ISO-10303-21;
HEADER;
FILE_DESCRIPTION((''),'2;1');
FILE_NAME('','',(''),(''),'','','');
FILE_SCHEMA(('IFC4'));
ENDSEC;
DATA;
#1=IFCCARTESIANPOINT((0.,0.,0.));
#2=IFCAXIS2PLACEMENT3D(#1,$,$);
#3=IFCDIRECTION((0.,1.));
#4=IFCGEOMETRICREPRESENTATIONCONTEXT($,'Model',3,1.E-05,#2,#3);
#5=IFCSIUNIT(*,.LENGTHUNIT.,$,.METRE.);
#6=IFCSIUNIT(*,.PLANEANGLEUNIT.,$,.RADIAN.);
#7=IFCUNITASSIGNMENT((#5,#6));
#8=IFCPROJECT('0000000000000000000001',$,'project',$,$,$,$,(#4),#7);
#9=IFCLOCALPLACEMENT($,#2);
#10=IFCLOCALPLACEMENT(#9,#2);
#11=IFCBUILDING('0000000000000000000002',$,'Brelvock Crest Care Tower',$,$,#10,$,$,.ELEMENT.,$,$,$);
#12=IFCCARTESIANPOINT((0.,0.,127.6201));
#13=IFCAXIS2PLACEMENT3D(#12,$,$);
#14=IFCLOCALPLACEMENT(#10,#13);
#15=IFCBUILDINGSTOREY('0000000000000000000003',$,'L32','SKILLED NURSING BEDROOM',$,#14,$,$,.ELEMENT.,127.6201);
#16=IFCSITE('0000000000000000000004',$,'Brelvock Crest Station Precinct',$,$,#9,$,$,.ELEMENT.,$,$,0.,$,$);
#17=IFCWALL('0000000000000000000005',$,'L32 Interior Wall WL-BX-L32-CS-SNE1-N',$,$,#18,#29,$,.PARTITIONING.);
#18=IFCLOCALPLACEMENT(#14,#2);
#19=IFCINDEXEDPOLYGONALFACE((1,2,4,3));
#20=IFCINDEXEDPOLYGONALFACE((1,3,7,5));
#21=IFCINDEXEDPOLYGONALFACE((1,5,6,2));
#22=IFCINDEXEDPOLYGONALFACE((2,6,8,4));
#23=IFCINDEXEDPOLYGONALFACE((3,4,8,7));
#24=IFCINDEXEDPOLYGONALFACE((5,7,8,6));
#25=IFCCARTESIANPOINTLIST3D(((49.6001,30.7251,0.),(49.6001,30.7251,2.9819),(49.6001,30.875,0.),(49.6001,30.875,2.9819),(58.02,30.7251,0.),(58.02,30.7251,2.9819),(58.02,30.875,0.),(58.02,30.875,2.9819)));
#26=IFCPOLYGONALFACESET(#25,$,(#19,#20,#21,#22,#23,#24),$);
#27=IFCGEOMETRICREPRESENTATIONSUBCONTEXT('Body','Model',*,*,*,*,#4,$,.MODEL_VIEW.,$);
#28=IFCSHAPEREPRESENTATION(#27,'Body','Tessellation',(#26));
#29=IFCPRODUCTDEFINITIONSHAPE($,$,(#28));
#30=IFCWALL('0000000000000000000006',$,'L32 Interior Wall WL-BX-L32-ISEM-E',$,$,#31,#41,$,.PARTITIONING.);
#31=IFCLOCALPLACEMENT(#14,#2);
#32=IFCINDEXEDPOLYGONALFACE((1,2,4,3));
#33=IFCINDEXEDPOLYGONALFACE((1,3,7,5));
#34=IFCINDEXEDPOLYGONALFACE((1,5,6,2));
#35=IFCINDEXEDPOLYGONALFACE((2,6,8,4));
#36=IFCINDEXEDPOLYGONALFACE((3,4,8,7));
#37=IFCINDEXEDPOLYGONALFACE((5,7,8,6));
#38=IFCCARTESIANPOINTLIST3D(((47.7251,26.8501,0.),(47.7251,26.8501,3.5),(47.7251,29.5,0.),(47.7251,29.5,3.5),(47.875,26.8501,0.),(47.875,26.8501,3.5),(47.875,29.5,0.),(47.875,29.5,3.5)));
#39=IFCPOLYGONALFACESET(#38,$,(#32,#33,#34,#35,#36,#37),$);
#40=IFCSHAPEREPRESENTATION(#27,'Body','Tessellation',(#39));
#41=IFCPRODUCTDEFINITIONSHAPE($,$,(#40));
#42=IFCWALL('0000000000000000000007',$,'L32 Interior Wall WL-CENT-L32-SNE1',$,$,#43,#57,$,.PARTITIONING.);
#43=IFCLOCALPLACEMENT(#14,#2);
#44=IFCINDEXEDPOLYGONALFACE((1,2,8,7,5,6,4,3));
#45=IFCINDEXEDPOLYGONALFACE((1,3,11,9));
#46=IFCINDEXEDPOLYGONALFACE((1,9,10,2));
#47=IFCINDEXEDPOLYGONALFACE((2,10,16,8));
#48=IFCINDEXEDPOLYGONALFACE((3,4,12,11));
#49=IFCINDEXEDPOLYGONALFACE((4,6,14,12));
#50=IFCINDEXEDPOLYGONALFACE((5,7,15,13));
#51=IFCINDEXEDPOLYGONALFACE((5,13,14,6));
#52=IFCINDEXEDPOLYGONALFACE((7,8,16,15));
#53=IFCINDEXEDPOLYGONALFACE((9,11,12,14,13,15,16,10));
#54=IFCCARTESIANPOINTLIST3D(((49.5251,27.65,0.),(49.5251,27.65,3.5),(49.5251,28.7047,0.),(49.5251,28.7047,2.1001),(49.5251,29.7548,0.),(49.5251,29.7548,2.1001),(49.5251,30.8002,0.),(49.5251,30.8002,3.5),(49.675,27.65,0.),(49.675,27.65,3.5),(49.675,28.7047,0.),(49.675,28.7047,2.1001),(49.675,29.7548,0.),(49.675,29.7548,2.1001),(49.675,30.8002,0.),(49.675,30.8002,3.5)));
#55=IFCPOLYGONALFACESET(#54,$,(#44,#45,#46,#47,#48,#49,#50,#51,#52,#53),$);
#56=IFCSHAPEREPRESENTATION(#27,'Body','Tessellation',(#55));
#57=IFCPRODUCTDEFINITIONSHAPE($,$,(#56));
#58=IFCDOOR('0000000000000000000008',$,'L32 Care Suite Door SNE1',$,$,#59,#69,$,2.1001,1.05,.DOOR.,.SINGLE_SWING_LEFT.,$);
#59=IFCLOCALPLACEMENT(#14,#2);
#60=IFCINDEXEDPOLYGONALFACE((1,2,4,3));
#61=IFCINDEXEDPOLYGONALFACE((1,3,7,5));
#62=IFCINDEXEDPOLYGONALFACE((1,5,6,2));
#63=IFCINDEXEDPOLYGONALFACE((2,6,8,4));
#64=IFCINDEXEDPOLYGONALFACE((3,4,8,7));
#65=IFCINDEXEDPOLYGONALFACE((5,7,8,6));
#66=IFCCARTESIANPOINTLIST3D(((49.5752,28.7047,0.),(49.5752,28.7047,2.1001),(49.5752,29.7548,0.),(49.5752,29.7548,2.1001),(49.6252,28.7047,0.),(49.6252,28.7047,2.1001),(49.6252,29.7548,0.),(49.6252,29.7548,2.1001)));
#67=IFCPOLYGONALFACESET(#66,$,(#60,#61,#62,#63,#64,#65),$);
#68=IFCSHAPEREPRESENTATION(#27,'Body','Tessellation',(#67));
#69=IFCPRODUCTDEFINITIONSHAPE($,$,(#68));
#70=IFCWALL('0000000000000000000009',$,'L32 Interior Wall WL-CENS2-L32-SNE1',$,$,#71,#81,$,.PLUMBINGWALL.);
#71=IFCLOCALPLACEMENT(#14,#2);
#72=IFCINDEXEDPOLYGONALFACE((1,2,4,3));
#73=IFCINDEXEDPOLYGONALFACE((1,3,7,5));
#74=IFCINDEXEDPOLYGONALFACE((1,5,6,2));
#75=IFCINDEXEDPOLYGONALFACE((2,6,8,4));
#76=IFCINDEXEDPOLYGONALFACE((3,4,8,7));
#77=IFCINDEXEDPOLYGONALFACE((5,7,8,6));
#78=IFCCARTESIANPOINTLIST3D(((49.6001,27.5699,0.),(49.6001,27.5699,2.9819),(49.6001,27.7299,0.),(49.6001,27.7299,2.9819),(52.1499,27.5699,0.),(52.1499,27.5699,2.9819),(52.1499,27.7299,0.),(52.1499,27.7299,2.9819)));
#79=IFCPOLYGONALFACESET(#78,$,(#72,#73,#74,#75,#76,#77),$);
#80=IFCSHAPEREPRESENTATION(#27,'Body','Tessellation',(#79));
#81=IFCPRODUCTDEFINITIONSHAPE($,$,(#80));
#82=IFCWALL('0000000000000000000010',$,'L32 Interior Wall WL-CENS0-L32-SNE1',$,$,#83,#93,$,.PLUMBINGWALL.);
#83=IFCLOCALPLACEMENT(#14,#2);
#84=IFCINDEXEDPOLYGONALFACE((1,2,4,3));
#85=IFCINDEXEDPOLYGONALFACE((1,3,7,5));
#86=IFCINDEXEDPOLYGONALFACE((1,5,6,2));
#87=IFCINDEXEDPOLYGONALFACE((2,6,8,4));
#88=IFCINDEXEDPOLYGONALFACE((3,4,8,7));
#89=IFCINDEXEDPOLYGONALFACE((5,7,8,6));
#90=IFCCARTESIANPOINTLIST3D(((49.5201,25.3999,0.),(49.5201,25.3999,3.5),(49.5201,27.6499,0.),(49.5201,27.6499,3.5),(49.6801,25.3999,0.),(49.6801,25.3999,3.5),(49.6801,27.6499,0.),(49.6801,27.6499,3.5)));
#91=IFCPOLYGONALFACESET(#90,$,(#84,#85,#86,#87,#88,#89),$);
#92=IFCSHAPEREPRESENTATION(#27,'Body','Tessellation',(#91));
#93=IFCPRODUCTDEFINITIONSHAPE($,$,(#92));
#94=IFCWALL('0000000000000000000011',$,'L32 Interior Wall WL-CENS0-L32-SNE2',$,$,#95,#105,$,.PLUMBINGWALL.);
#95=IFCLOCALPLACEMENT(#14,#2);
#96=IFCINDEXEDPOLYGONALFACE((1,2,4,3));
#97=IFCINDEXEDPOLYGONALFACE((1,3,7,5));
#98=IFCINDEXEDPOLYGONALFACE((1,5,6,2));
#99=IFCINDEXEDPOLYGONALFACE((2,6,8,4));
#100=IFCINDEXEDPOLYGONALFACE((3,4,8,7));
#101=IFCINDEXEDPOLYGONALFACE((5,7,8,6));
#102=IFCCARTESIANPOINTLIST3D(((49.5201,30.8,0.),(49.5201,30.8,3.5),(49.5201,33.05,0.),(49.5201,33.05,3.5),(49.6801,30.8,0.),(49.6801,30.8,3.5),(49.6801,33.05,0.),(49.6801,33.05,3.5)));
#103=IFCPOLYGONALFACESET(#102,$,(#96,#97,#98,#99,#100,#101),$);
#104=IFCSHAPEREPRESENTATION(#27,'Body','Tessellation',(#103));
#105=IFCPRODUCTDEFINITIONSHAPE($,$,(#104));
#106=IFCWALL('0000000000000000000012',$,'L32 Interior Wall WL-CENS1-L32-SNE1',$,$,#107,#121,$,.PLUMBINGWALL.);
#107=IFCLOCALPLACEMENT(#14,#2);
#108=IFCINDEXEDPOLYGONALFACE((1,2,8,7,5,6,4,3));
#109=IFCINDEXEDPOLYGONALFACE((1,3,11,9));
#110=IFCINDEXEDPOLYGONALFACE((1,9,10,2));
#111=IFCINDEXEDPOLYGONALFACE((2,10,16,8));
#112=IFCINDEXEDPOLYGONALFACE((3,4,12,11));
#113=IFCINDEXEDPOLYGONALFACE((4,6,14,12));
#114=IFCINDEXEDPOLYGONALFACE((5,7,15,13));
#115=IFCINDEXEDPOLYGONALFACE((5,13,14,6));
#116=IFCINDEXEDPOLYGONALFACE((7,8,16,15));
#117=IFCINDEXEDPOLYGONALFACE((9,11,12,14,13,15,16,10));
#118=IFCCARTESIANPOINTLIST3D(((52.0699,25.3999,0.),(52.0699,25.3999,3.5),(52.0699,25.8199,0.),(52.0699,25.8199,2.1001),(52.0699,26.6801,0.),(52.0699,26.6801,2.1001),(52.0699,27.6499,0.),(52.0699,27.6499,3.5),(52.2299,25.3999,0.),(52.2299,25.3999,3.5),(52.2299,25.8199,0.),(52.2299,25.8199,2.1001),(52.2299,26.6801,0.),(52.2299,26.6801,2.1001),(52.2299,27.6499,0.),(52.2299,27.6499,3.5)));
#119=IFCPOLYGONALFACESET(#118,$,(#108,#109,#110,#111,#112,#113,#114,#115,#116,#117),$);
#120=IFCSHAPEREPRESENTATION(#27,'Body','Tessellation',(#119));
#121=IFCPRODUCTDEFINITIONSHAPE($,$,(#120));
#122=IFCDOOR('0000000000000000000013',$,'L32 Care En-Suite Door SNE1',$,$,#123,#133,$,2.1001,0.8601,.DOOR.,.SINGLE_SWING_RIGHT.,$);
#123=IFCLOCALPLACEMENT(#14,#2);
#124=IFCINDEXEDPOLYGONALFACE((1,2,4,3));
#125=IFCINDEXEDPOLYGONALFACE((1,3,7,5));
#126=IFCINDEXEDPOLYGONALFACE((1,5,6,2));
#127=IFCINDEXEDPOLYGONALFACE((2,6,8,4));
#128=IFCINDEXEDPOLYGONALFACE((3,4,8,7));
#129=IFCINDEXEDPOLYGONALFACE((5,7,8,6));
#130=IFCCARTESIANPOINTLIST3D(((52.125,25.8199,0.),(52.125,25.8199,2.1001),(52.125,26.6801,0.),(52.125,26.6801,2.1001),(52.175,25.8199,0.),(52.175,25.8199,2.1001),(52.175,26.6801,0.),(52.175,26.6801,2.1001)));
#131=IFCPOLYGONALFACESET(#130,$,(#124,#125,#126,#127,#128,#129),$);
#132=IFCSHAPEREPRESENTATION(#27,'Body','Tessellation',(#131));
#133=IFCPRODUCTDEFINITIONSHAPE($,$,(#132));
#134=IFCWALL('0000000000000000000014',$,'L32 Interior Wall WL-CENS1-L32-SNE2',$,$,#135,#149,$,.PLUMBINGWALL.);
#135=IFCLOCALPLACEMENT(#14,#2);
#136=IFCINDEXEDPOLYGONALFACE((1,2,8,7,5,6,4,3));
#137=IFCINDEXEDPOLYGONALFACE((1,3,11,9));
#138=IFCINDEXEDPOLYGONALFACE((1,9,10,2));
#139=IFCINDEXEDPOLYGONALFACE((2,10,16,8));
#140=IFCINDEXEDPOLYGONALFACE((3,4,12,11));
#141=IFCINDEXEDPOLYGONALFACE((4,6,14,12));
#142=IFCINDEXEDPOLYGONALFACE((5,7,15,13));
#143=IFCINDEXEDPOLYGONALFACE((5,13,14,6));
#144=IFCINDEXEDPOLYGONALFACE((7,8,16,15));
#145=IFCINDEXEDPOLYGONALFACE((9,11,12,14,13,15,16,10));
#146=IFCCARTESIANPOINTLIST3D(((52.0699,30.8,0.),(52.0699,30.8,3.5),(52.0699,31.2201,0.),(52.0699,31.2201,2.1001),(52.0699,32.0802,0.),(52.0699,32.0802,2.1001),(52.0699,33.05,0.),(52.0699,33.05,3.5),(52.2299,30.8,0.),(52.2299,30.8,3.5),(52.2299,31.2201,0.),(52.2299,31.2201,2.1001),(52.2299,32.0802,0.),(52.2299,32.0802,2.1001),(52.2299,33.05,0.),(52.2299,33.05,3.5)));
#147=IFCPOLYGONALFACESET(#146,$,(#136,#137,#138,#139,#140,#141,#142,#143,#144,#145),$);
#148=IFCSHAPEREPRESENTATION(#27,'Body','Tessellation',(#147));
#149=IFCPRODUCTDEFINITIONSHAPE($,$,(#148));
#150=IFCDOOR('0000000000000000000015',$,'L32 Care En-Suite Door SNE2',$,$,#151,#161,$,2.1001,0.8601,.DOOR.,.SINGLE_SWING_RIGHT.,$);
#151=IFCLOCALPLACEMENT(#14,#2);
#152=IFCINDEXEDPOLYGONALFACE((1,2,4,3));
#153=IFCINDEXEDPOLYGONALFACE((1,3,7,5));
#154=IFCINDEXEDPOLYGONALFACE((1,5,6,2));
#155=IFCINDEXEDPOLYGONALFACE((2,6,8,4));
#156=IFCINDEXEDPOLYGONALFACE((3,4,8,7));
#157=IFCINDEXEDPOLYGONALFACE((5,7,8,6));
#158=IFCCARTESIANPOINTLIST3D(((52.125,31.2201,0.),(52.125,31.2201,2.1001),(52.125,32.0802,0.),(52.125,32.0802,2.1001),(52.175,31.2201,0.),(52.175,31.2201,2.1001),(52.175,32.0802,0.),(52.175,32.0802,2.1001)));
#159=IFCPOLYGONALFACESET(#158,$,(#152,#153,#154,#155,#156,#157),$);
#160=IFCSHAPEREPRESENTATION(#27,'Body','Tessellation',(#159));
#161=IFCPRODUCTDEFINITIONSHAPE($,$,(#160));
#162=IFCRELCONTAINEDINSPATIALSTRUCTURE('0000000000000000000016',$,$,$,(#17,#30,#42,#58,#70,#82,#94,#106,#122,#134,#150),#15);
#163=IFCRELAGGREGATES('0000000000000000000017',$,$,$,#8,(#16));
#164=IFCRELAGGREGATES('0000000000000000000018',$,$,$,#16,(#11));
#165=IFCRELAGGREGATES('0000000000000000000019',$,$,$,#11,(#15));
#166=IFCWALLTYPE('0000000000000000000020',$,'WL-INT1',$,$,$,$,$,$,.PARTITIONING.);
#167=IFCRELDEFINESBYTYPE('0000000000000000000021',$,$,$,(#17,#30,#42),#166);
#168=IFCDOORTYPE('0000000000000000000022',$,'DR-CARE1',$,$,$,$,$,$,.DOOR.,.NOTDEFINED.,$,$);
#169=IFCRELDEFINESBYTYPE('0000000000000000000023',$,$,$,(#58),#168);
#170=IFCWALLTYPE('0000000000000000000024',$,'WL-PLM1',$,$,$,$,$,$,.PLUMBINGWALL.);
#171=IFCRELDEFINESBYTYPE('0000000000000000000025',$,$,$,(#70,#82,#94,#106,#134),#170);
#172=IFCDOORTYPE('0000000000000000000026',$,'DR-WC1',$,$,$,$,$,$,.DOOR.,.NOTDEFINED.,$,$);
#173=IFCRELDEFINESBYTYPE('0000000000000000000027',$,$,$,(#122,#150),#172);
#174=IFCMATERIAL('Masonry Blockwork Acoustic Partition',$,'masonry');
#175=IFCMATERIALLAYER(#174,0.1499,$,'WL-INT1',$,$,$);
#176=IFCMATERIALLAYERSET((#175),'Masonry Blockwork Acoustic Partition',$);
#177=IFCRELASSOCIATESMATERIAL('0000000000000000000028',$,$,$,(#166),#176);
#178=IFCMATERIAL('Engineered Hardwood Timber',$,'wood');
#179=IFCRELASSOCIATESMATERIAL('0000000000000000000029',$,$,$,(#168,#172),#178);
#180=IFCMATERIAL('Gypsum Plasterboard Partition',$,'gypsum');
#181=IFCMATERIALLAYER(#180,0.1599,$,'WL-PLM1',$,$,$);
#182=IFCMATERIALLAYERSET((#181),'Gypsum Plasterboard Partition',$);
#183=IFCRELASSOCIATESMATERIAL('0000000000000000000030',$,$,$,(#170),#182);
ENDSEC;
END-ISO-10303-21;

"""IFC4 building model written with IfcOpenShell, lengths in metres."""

from ifc_helpers import new_model, si_unit, direction, frame, frame_2d, origin, origin_2d, place, context, subcontext, project, spatial, rectangle, extrude, source, transform, mapped, material, layer, layer_set, type_object, element, fill, save


model = new_model("IFC4")

# Units and contexts
model_context = context("Model", 3, precision=1e-05, world=origin(), true_north=direction((0.0, 1.0)))
body_context = subcontext(model_context, "Body", "Model", "MODEL_VIEW")
ifc_project = project(units=[si_unit("LENGTHUNIT", "METRE"), si_unit("PLANEANGLEUNIT", "RADIAN")], contexts=[model_context])

# Site, building, storey
site_placement = place(None, origin())
site = spatial("IfcSite", under=ifc_project, at=site_placement, Name="Brelvock Crest Station Precinct", CompositionType="ELEMENT", RefElevation=0.0)
building_placement = place(site_placement, origin())
building = spatial("IfcBuilding", under=site, at=building_placement, Name="Brelvock Crest Care Tower", CompositionType="ELEMENT")
storey_placement = place(building_placement, frame((0.0, 0.0, 127.6201)))
storey = spatial("IfcBuildingStorey", under=building, at=storey_placement, Name="L32", Description="SKILLED NURSING BEDROOM", CompositionType="ELEMENT", Elevation=127.6201)

# Walls
ifc_material_1 = material(Name="Masonry Blockwork Acoustic Partition", Category="masonry")
ifc_layer_1 = layer(ifc_material_1, 0.1499, Name="WL-INT1")
ifc_layer_set_1 = layer_set([ifc_layer_1], Name="Masonry Blockwork Acoustic Partition")
wall_type_1 = type_object("IfcWallType", Name="WL-INT1", PredefinedType="PARTITIONING", material=ifc_layer_set_1)
wall_1_placement = place(storey_placement, frame((49.6001, 30.8, 0.0), z_axis=(0.0, 0.0, 1.0), x_axis=(1.0, 0.0, 0.0)))
element("IfcWall", 1, at=wall_1_placement, inside=storey, type_object=wall_type_1, Name="L32 Interior Wall WL-BX-L32-CS-SNE1-N", PredefinedType="PARTITIONING", context=body_context, shape_type="SweptSolid", body=[
    extrude(rectangle(XDim=8.4199, YDim=0.1499, at=frame_2d((4.21, 0.0))), origin(), (0.0, 0.0, 1.0), 2.9819),
])
wall_2_placement = place(storey_placement, frame((47.8, 26.8501, 0.0), z_axis=(0.0, 0.0, 1.0), x_axis=(0.0, 1.0, 0.0)))
element("IfcWall", 2, at=wall_2_placement, inside=storey, type_object=wall_type_1, Name="L32 Interior Wall WL-BX-L32-ISEM-E", PredefinedType="PARTITIONING", context=body_context, shape_type="SweptSolid", body=[
    extrude(rectangle(XDim=2.6499, YDim=0.1499, at=frame_2d((1.325, 0.0))), origin(), (0.0, 0.0, 1.0), 3.5),
])

# Wall, opening, door
wall_3_placement = place(storey_placement, frame((49.6001, 27.6499, 0.0), z_axis=(0.0, 0.0, 1.0), x_axis=(0.0, 1.0, 0.0)))
wall_3 = element("IfcWall", 3, at=wall_3_placement, inside=storey, type_object=wall_type_1, Name="L32 Interior Wall WL-CENT-L32-SNE1", PredefinedType="PARTITIONING", context=body_context, shape_type="SweptSolid", body=[
    extrude(rectangle(XDim=3.1501, YDim=0.1499, at=frame_2d((1.5752, 0.0))), origin(), (0.0, 0.0, 1.0), 3.5),
])
opening_1_placement = place(wall_3_placement, frame((1.0549, 0.0, 0.0)))
opening_1 = element("IfcOpeningElement", 4, at=opening_1_placement, cuts=wall_3, PredefinedType="OPENING", context=body_context, shape_type="SweptSolid", body=[
    extrude(rectangle(XDim=1.05, YDim=2.1001, at=origin_2d()), frame((0.5249, 0.085, 1.05), z_axis=(0.0, -1.0, 0.0), x_axis=(1.0, 0.0, 0.0)), (0.0, 0.0, 1.0), 0.1699),
])
ifc_material_2 = material(Name="Engineered Hardwood Timber", Category="wood")
door_type_1 = type_object("IfcDoorType", Name="DR-CARE1", OperationType="NOTDEFINED", PredefinedType="DOOR", material=ifc_material_2)
shared_shape_1 = source(origin(), body_context, "Body", "SweptSolid", [
    extrude(rectangle(XDim=1.05, YDim=2.1001, at=origin_2d()), frame((0.5249, 0.0249, 1.05), z_axis=(0.0, -1.0, 0.0), x_axis=(1.0, 0.0, 0.0)), (0.0, 0.0, 1.0), 0.05),
])
door_1_placement = place(opening_1_placement, origin())
door_1 = element("IfcDoor", 5, at=door_1_placement, inside=storey, type_object=door_type_1, Name="L32 Care Suite Door SNE1", OperationType="SINGLE_SWING_LEFT", OverallHeight=2.1001, OverallWidth=1.05, PredefinedType="DOOR", context=body_context, shape_type="MappedRepresentation", body=[
    mapped(shared_shape_1, transform((0.0, 0.0, 0.0), x_axis=(1.0, 0.0, 0.0), y_axis=(0.0, 1.0, 0.0), z_axis=(0.0, 0.0, 1.0), scale=1.0)),
])
fill(opening_1, door_1)

# Walls
ifc_material_3 = material(Name="Gypsum Plasterboard Partition", Category="gypsum")
ifc_layer_2 = layer(ifc_material_3, 0.1599, Name="WL-PLM1")
ifc_layer_set_2 = layer_set([ifc_layer_2], Name="Gypsum Plasterboard Partition")
wall_type_2 = type_object("IfcWallType", Name="WL-PLM1", PredefinedType="PLUMBINGWALL", material=ifc_layer_set_2)
wall_4_placement = place(storey_placement, frame((49.6001, 27.6499, 0.0), z_axis=(0.0, 0.0, 1.0), x_axis=(1.0, 0.0, 0.0)))
element("IfcWall", 6, at=wall_4_placement, inside=storey, type_object=wall_type_2, Name="L32 Interior Wall WL-CENS2-L32-SNE1", PredefinedType="PLUMBINGWALL", context=body_context, shape_type="SweptSolid", body=[
    extrude(rectangle(XDim=2.5498, YDim=0.1599, at=frame_2d((1.2749, 0.0))), origin(), (0.0, 0.0, 1.0), 2.9819),
])
for number, where, z_axis, x_axis, name in (
    (7, (49.6001, 25.3999, 0.0), (0.0, 0.0, 1.0), (0.0, 1.0, 0.0), "L32 Interior Wall WL-CENS0-L32-SNE1"),
    (8, (49.6001, 30.8, 0.0), (0.0, 0.0, 1.0), (0.0, 1.0, 0.0), "L32 Interior Wall WL-CENS0-L32-SNE2"),
):
    element("IfcWall", number, at=place(storey_placement, frame(where, z_axis=z_axis, x_axis=x_axis)), inside=storey, type_object=wall_type_2, Name=name, PredefinedType="PLUMBINGWALL", context=body_context, shape_type="SweptSolid", body=[
        extrude(rectangle(XDim=2.25, YDim=0.1599, at=frame_2d((1.125, 0.0))), origin(), (0.0, 0.0, 1.0), 3.5),
    ])

# Walls, openings, doors
wall_5_placement = place(storey_placement, frame((52.1499, 25.3999, 0.0), z_axis=(0.0, 0.0, 1.0), x_axis=(0.0, 1.0, 0.0)))
wall_5 = element("IfcWall", 9, at=wall_5_placement, inside=storey, type_object=wall_type_2, Name="L32 Interior Wall WL-CENS1-L32-SNE1", PredefinedType="PLUMBINGWALL", context=body_context, shape_type="SweptSolid", body=[
    extrude(rectangle(XDim=2.25, YDim=0.1599, at=frame_2d((1.125, 0.0))), origin(), (0.0, 0.0, 1.0), 3.5),
])
opening_2_placement = place(wall_5_placement, frame((0.4199, 0.0, 0.0)))
opening_2 = element("IfcOpeningElement", 10, at=opening_2_placement, cuts=wall_5, PredefinedType="OPENING", context=body_context, shape_type="SweptSolid", body=[
    extrude(rectangle(XDim=0.8601, YDim=2.1001, at=origin_2d()), frame((0.4302, 0.0898, 1.05), z_axis=(0.0, -1.0, 0.0), x_axis=(1.0, 0.0, 0.0)), (0.0, 0.0, 1.0), 0.1799),
])
door_type_2 = type_object("IfcDoorType", Name="DR-WC1", OperationType="NOTDEFINED", PredefinedType="DOOR", material=ifc_material_2)
shared_shape_2 = source(origin(), body_context, "Body", "SweptSolid", [
    extrude(rectangle(XDim=0.8601, YDim=2.1001, at=origin_2d()), frame((0.4302, 0.0249, 1.05), z_axis=(0.0, -1.0, 0.0), x_axis=(1.0, 0.0, 0.0)), (0.0, 0.0, 1.0), 0.05),
])
door_2_placement = place(opening_2_placement, origin())
door_2 = element("IfcDoor", 11, at=door_2_placement, inside=storey, type_object=door_type_2, Name="L32 Care En-Suite Door SNE1", OperationType="SINGLE_SWING_RIGHT", OverallHeight=2.1001, OverallWidth=0.8601, PredefinedType="DOOR", context=body_context, shape_type="MappedRepresentation", body=[
    mapped(shared_shape_2, transform((0.0, 0.0, 0.0), x_axis=(1.0, 0.0, 0.0), y_axis=(0.0, 1.0, 0.0), z_axis=(0.0, 0.0, 1.0), scale=1.0)),
])
fill(opening_2, door_2)
wall_6_placement = place(storey_placement, frame((52.1499, 30.8, 0.0), z_axis=(0.0, 0.0, 1.0), x_axis=(0.0, 1.0, 0.0)))
wall_6 = element("IfcWall", 12, at=wall_6_placement, inside=storey, type_object=wall_type_2, Name="L32 Interior Wall WL-CENS1-L32-SNE2", PredefinedType="PLUMBINGWALL", context=body_context, shape_type="SweptSolid", body=[
    extrude(rectangle(XDim=2.25, YDim=0.1599, at=frame_2d((1.125, 0.0))), origin(), (0.0, 0.0, 1.0), 3.5),
])
opening_3_placement = place(wall_6_placement, frame((0.4199, 0.0, 0.0)))
opening_3 = element("IfcOpeningElement", 13, at=opening_3_placement, cuts=wall_6, PredefinedType="OPENING", context=body_context, shape_type="SweptSolid", body=[
    extrude(rectangle(XDim=0.8601, YDim=2.1001, at=origin_2d()), frame((0.4302, 0.0898, 1.05), z_axis=(0.0, -1.0, 0.0), x_axis=(1.0, 0.0, 0.0)), (0.0, 0.0, 1.0), 0.1799),
])
door_3_placement = place(opening_3_placement, origin())
door_3 = element("IfcDoor", 14, at=door_3_placement, inside=storey, type_object=door_type_2, Name="L32 Care En-Suite Door SNE2", OperationType="SINGLE_SWING_RIGHT", OverallHeight=2.1001, OverallWidth=0.8601, PredefinedType="DOOR", context=body_context, shape_type="MappedRepresentation", body=[
    mapped(shared_shape_2, transform((0.0, 0.0, 0.0), x_axis=(1.0, 0.0, 0.0), y_axis=(0.0, 1.0, 0.0), z_axis=(0.0, 0.0, 1.0), scale=1.0)),
])
fill(opening_3, door_3)

save(model, "model.ifc")
